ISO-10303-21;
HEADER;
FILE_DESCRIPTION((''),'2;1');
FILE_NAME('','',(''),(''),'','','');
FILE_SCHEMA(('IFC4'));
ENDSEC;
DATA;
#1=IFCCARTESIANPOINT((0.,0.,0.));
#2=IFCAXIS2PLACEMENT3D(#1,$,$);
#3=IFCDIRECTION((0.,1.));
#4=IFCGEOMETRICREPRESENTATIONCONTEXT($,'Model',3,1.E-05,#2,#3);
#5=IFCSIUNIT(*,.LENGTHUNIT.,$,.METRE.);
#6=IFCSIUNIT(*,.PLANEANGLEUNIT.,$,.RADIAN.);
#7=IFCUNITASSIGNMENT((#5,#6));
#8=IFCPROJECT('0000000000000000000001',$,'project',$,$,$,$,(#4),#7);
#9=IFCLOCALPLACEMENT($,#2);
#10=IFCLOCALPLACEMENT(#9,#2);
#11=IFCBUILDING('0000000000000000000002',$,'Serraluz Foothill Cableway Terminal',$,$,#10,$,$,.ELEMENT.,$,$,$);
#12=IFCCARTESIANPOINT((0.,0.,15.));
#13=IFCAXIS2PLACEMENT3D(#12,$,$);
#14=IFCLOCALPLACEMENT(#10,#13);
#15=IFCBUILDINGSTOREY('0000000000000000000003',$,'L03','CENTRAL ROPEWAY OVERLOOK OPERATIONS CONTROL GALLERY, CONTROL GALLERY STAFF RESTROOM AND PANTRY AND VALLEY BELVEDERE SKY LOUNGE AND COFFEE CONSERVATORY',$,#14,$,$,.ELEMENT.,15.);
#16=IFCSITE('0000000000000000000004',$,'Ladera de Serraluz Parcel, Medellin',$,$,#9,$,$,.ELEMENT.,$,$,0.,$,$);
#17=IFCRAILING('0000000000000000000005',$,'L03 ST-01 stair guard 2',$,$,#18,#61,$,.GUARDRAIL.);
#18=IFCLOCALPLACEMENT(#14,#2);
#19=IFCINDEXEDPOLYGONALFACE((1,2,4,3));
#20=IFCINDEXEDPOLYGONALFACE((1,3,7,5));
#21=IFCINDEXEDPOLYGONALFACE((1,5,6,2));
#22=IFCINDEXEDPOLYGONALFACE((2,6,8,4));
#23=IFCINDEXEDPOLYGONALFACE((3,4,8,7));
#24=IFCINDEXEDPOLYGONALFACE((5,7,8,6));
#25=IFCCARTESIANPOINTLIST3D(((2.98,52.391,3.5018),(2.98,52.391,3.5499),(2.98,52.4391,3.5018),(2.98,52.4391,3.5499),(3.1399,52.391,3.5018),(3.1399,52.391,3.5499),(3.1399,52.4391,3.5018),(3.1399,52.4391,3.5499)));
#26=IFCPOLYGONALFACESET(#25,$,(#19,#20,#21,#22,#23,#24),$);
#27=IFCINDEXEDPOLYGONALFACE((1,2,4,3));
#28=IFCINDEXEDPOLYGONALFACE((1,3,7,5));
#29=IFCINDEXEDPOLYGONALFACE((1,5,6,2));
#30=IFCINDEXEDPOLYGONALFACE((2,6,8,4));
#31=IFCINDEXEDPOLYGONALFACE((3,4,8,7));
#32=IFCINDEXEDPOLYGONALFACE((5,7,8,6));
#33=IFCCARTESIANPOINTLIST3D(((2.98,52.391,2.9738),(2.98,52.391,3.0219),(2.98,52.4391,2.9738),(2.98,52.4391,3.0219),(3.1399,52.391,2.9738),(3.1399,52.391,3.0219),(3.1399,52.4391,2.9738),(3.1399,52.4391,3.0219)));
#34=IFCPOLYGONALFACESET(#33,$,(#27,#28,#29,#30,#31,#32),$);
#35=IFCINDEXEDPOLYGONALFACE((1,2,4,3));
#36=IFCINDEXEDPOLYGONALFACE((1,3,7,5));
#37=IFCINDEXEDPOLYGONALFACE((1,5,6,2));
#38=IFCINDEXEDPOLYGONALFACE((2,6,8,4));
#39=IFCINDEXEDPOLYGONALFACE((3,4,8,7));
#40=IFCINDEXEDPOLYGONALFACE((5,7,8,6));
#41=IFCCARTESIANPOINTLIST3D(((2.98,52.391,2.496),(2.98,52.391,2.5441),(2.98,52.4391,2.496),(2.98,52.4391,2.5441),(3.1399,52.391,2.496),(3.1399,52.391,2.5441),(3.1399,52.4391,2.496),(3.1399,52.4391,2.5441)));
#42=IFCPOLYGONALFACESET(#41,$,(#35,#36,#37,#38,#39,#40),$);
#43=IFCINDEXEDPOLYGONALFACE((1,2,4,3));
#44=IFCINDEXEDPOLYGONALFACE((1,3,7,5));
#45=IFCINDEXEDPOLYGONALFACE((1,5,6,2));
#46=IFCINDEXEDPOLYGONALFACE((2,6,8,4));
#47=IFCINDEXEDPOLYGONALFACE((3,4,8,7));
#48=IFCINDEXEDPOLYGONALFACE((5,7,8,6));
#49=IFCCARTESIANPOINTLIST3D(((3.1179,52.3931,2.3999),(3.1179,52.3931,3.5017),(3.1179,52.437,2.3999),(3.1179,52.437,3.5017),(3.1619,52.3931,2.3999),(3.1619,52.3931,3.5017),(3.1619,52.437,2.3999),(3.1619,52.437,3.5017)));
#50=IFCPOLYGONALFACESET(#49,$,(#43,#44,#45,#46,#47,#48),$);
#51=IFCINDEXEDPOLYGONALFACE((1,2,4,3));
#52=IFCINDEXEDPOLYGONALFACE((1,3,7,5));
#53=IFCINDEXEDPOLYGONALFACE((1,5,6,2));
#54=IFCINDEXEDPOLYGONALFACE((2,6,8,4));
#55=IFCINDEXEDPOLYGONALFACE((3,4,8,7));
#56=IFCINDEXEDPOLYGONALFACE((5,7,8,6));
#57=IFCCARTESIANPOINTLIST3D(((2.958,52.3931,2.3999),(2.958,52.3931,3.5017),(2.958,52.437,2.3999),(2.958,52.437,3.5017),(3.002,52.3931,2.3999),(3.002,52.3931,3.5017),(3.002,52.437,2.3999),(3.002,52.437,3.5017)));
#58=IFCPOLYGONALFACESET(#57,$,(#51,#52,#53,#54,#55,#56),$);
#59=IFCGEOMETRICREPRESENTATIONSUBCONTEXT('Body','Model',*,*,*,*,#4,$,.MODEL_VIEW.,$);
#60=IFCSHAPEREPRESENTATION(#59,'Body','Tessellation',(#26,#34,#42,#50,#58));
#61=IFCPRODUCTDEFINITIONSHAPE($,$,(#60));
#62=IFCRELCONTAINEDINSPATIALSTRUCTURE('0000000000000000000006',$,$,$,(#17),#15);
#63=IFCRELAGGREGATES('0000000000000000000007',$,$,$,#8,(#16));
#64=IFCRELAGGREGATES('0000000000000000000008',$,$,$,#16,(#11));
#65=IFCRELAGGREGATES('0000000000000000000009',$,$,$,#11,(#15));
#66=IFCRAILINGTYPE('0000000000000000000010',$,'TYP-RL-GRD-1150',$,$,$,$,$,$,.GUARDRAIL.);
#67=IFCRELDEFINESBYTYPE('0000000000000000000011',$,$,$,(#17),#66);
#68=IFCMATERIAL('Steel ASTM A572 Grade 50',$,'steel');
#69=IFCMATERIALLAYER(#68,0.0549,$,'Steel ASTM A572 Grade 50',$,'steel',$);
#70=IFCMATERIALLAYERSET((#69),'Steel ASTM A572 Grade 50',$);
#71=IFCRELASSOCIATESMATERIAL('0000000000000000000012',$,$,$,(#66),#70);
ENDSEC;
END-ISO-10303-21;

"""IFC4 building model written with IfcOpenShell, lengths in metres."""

from ifc_helpers import new_model, si_unit, direction, frame, origin, origin_2d, place, context, subcontext, project, spatial, rectangle, extrude, material, layer, layer_set, type_object, element, save


model = new_model("IFC4")

# Units and contexts
model_context = context("Model", 3, precision=1e-05, world=origin(), true_north=direction((0.0, 1.0)))
body_context = subcontext(model_context, "Body", "Model", "MODEL_VIEW")
ifc_project = project(units=[si_unit("LENGTHUNIT", "METRE"), si_unit("PLANEANGLEUNIT", "RADIAN")], contexts=[model_context])

# Site, building, storey
site_placement = place(None, origin())
site = spatial("IfcSite", under=ifc_project, at=site_placement, Name="Ladera de Serraluz Parcel, Medellin", CompositionType="ELEMENT", RefElevation=0.0)
building_placement = place(site_placement, origin())
building = spatial("IfcBuilding", under=site, at=building_placement, Name="Serraluz Foothill Cableway Terminal", CompositionType="ELEMENT")
storey_placement = place(building_placement, frame((0.0, 0.0, 15.0)))
storey = spatial("IfcBuildingStorey", under=building, at=storey_placement, Name="L03", Description="CENTRAL ROPEWAY OVERLOOK OPERATIONS CONTROL GALLERY, CONTROL GALLERY STAFF RESTROOM AND PANTRY AND VALLEY BELVEDERE SKY LOUNGE AND COFFEE CONSERVATORY", CompositionType="ELEMENT", Elevation=15.0)

# Shared definitions
ifc_material_1 = material(Name="Steel ASTM A572 Grade 50", Category="steel")

# Railing
ifc_layer_1 = layer(ifc_material_1, 0.0549, Name="Steel ASTM A572 Grade 50", Category="steel")
ifc_layer_set_1 = layer_set([ifc_layer_1], Name="Steel ASTM A572 Grade 50")
railing_type_1 = type_object("IfcRailingType", Name="TYP-RL-GRD-1150", PredefinedType="GUARDRAIL", material=ifc_layer_set_1)
railing_1_placement = place(storey_placement, frame((3.1399, 52.415, 2.3999)))
element("IfcRailing", 1, at=railing_1_placement, inside=storey, type_object=railing_type_1, Name="L03 ST-01 stair guard 2", PredefinedType="GUARDRAIL", context=body_context, shape_type="SweptSolid", body=[
    extrude(rectangle(XDim=0.0481, YDim=0.0481, at=origin_2d()), frame((0.0, 0.0, 1.126), z_axis=(-1.0, 0.0, 0.0), x_axis=(0.0, -1.0, 0.0)), (0.0, 0.0, 1.0), 0.1599),
    extrude(rectangle(XDim=0.0481, YDim=0.0481, at=origin_2d()), frame((0.0, 0.0, 0.5979), z_axis=(-1.0, 0.0, 0.0), x_axis=(0.0, -1.0, 0.0)), (0.0, 0.0, 1.0), 0.1599),
    extrude(rectangle(XDim=0.0481, YDim=0.0481, at=origin_2d()), frame((0.0, 0.0, 0.1201), z_axis=(-1.0, 0.0, 0.0), x_axis=(0.0, -1.0, 0.0)), (0.0, 0.0, 1.0), 0.1599),
    extrude(rectangle(XDim=0.0439, YDim=0.0439, at=origin_2d()), origin(), (0.0, 0.0, 1.0), 1.1018),
    extrude(rectangle(XDim=0.0439, YDim=0.0439, at=origin_2d()), frame((-0.1599, 0.0, 0.0)), (0.0, 0.0, 1.0), 1.1018),
])

save(model, "model.ifc")
